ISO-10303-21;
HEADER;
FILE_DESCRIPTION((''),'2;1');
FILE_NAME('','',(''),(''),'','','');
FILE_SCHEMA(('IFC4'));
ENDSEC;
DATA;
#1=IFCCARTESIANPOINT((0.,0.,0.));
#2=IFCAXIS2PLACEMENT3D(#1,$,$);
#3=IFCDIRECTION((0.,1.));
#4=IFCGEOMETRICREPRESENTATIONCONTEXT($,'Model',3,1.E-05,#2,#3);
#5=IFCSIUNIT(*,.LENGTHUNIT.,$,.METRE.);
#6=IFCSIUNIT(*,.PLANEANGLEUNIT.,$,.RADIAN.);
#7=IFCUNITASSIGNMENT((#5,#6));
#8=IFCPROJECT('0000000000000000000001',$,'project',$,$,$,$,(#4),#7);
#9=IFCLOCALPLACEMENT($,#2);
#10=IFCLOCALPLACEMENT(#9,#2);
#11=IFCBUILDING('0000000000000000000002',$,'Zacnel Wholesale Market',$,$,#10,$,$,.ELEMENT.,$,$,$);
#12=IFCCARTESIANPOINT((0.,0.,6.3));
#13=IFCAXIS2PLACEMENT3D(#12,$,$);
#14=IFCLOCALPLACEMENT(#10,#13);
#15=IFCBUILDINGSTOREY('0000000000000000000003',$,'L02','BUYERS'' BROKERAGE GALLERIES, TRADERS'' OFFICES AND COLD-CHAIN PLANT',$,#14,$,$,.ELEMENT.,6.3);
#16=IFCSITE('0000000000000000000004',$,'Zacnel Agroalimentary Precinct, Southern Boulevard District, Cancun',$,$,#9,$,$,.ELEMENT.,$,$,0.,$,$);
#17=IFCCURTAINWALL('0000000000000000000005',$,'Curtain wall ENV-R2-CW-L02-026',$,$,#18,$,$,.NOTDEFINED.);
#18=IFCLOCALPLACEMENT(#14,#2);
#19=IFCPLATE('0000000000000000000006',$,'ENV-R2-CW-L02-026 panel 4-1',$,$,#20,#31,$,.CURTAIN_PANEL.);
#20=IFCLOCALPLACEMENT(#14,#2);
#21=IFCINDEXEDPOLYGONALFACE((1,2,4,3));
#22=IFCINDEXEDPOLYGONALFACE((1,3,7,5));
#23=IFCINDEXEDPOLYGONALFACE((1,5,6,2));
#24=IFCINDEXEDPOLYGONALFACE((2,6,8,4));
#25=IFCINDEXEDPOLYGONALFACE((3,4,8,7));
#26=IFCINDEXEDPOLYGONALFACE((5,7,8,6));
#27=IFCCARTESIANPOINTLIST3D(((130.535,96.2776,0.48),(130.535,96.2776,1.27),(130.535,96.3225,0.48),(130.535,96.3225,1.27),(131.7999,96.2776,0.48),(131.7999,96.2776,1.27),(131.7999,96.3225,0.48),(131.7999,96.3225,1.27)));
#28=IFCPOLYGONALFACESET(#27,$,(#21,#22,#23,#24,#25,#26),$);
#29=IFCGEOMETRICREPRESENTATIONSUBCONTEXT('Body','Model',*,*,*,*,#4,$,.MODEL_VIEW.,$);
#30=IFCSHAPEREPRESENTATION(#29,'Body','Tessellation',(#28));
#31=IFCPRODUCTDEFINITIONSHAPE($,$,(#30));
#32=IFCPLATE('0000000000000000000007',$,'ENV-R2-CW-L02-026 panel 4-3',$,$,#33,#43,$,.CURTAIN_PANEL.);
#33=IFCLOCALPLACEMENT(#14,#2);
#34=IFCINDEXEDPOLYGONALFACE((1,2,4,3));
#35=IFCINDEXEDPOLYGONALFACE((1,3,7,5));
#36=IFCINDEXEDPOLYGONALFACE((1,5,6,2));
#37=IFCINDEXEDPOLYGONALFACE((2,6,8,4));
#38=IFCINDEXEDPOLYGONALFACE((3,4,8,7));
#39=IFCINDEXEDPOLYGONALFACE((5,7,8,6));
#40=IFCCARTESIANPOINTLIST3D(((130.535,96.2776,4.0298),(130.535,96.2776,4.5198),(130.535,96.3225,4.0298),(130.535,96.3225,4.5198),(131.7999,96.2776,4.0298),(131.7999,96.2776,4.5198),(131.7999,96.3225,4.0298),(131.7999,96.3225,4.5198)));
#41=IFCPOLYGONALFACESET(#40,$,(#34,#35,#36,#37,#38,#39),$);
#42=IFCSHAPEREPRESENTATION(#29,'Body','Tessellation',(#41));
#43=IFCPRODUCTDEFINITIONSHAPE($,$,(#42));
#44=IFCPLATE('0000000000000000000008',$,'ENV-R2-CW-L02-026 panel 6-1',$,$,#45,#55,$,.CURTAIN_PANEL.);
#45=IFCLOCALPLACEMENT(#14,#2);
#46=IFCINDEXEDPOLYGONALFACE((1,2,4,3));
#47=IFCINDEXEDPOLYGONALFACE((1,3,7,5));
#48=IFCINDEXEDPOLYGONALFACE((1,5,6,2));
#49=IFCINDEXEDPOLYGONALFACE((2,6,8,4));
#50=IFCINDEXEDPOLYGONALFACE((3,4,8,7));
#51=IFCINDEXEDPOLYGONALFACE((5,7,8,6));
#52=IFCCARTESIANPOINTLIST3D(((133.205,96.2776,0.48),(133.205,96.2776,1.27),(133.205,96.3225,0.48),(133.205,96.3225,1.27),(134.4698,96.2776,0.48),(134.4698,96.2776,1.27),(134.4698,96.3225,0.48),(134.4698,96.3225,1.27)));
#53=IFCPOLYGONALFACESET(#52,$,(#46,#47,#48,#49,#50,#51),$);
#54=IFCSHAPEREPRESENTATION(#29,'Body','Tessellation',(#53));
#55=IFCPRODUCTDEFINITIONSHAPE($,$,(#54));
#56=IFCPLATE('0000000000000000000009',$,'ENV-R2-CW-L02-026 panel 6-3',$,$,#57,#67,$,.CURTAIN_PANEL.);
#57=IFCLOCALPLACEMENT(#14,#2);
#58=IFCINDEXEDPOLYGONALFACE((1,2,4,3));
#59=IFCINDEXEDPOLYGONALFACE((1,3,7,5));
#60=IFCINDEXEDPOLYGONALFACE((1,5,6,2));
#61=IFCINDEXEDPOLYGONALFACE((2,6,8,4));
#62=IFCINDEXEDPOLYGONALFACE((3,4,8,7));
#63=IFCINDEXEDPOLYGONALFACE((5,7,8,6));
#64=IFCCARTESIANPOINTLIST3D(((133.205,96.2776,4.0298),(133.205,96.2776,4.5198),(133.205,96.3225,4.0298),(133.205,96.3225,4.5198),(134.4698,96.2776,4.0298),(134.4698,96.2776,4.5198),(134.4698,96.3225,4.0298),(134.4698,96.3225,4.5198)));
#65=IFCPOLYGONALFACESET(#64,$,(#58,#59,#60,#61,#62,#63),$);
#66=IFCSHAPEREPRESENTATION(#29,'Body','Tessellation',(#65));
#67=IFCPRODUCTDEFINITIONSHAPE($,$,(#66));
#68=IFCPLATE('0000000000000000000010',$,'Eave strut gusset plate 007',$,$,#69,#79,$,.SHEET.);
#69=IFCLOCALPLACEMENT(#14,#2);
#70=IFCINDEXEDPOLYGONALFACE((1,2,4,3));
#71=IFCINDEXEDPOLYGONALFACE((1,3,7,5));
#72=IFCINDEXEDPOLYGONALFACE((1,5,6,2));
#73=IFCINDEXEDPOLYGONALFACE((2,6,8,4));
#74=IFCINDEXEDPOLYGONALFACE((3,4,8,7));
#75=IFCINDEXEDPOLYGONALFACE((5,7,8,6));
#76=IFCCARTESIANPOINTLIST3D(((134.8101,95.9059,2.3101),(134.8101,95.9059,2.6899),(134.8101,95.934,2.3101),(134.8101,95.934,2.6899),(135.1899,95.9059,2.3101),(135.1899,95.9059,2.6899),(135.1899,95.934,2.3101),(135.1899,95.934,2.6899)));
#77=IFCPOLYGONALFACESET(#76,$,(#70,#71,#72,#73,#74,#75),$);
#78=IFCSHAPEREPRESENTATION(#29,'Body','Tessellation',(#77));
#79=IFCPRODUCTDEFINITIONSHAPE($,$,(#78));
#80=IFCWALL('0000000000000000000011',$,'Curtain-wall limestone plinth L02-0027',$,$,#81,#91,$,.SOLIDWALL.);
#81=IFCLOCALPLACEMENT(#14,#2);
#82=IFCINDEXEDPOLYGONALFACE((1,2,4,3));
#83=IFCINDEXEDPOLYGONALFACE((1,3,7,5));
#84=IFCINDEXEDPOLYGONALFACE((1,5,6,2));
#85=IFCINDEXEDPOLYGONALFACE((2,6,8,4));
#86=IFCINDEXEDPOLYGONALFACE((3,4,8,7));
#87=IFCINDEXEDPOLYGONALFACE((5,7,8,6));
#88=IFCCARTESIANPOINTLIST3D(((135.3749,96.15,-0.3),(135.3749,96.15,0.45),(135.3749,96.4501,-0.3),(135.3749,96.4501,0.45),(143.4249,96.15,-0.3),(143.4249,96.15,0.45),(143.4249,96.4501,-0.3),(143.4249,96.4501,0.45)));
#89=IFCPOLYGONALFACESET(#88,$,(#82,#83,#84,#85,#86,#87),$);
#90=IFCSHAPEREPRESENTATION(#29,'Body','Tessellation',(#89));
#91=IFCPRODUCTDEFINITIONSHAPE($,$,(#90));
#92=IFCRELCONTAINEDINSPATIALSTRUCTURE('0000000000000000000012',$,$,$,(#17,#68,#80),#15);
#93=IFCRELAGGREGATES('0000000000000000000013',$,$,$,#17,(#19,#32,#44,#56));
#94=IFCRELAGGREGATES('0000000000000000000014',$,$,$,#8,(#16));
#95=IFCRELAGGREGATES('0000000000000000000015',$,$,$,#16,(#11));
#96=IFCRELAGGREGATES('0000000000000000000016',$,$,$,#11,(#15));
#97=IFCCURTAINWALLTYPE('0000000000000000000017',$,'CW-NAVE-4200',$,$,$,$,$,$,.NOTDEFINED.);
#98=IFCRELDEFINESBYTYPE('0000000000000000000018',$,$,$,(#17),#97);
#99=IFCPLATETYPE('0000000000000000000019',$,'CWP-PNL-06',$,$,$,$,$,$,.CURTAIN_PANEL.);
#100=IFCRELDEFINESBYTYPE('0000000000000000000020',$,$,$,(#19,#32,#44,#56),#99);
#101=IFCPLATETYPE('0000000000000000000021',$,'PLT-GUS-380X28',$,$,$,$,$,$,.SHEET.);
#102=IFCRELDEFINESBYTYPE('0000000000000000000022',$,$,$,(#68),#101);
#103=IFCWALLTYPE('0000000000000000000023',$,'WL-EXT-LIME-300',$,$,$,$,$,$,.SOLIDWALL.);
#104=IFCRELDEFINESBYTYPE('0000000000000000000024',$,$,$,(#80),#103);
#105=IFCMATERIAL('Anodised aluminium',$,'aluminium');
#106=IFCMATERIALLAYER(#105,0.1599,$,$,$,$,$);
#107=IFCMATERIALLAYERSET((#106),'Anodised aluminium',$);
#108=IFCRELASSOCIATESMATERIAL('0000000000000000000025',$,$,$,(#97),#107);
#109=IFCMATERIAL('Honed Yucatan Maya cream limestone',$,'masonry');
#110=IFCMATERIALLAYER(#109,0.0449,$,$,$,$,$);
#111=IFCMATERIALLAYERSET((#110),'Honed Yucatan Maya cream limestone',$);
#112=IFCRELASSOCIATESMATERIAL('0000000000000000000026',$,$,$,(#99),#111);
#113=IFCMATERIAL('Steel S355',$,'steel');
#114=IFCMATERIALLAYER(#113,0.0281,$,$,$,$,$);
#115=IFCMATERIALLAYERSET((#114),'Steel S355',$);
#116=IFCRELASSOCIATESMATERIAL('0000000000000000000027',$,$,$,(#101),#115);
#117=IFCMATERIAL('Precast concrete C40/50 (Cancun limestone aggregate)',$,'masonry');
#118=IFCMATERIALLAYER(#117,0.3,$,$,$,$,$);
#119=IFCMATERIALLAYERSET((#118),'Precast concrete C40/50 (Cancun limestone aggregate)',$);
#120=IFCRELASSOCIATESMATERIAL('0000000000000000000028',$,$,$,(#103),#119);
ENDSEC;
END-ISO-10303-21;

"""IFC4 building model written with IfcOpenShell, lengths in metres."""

from ifc_helpers import new_model, si_unit, direction, frame, frame_2d, origin, origin_2d, place, context, subcontext, project, spatial, rectangle, extrude, material, layer, layer_set, type_object, element, aggregate, save


model = new_model("IFC4")

# Units and contexts
model_context = context("Model", 3, precision=1e-05, world=origin(), true_north=direction((0.0, 1.0)))
body_context = subcontext(model_context, "Body", "Model", "MODEL_VIEW")
ifc_project = project(units=[si_unit("LENGTHUNIT", "METRE"), si_unit("PLANEANGLEUNIT", "RADIAN")], contexts=[model_context])

# Site, building, storey
site_placement = place(None, origin())
site = spatial("IfcSite", under=ifc_project, at=site_placement, Name="Zacnel Agroalimentary Precinct, Southern Boulevard District, Cancun", CompositionType="ELEMENT", RefElevation=0.0)
building_placement = place(site_placement, origin())
building = spatial("IfcBuilding", under=site, at=building_placement, Name="Zacnel Wholesale Market", CompositionType="ELEMENT")
storey_placement = place(building_placement, frame((0.0, 0.0, 6.3)))
storey = spatial("IfcBuildingStorey", under=building, at=storey_placement, Name="L02", Description="BUYERS' BROKERAGE GALLERIES, TRADERS' OFFICES AND COLD-CHAIN PLANT", CompositionType="ELEMENT", Elevation=6.3)

# Curtain wall
ifc_material_1 = material(Name="Anodised aluminium", Category="aluminium")
ifc_layer_1 = layer(ifc_material_1, 0.1599)
ifc_layer_set_1 = layer_set([ifc_layer_1], Name="Anodised aluminium")
curtain_wall_type = type_object("IfcCurtainWallType", Name="CW-NAVE-4200", PredefinedType="NOTDEFINED", material=ifc_layer_set_1)
curtain_wall_1_placement = place(storey_placement, origin())
curtain_wall_1 = element("IfcCurtainWall", 1, at=curtain_wall_1_placement, inside=storey, type_object=curtain_wall_type, Name="Curtain wall ENV-R2-CW-L02-026", PredefinedType="NOTDEFINED")

# Plates
ifc_material_2 = material(Name="Honed Yucatan Maya cream limestone", Category="masonry")
ifc_layer_2 = layer(ifc_material_2, 0.0449)
ifc_layer_set_2 = layer_set([ifc_layer_2], Name="Honed Yucatan Maya cream limestone")
plate_type_1 = type_object("IfcPlateType", Name="CWP-PNL-06", PredefinedType="CURTAIN_PANEL", material=ifc_layer_set_2)
plate_1_placement = place(storey_placement, frame((131.1675, 96.3, 0.48), z_axis=(0.0, 0.0, 1.0), x_axis=(1.0, 0.0, 0.0)))
plate_1 = element("IfcPlate", 2, at=plate_1_placement, type_object=plate_type_1, Name="ENV-R2-CW-L02-026 panel 4-1", PredefinedType="CURTAIN_PANEL", context=body_context, shape_type="SweptSolid", body=[
    extrude(rectangle(XDim=1.2649, YDim=0.0449, at=origin_2d()), origin(), (0.0, 0.0, 1.0), 0.79),
])
plate_2_placement = place(storey_placement, frame((131.1675, 96.3, 4.0298), z_axis=(0.0, 0.0, 1.0), x_axis=(1.0, 0.0, 0.0)))
plate_2 = element("IfcPlate", 3, at=plate_2_placement, type_object=plate_type_1, Name="ENV-R2-CW-L02-026 panel 4-3", PredefinedType="CURTAIN_PANEL", context=body_context, shape_type="SweptSolid", body=[
    extrude(rectangle(XDim=1.2649, YDim=0.0449, at=origin_2d()), origin(), (0.0, 0.0, 1.0), 0.49),
])
plate_3_placement = place(storey_placement, frame((133.8374, 96.3, 0.48), z_axis=(0.0, 0.0, 1.0), x_axis=(1.0, 0.0, 0.0)))
plate_3 = element("IfcPlate", 4, at=plate_3_placement, type_object=plate_type_1, Name="ENV-R2-CW-L02-026 panel 6-1", PredefinedType="CURTAIN_PANEL", context=body_context, shape_type="SweptSolid", body=[
    extrude(rectangle(XDim=1.2649, YDim=0.0449, at=origin_2d()), origin(), (0.0, 0.0, 1.0), 0.79),
])
plate_4_placement = place(storey_placement, frame((133.8374, 96.3, 4.0298), z_axis=(0.0, 0.0, 1.0), x_axis=(1.0, 0.0, 0.0)))
plate_4 = element("IfcPlate", 5, at=plate_4_placement, type_object=plate_type_1, Name="ENV-R2-CW-L02-026 panel 6-3", PredefinedType="CURTAIN_PANEL", context=body_context, shape_type="SweptSolid", body=[
    extrude(rectangle(XDim=1.2649, YDim=0.0449, at=origin_2d()), origin(), (0.0, 0.0, 1.0), 0.49),
])
aggregate(curtain_wall_1, [plate_1, plate_2, plate_3, plate_4])
ifc_material_3 = material(Name="Steel S355", Category="steel")
ifc_layer_3 = layer(ifc_material_3, 0.0281)
ifc_layer_set_3 = layer_set([ifc_layer_3], Name="Steel S355")
plate_type_2 = type_object("IfcPlateType", Name="PLT-GUS-380X28", PredefinedType="SHEET", material=ifc_layer_set_3)
plate_5_placement = place(storey_placement, frame((135.0, 95.9199, 2.3101), z_axis=(0.0, 0.0, 1.0), x_axis=(1.0, 0.0, 0.0)))
element("IfcPlate", 6, at=plate_5_placement, inside=storey, type_object=plate_type_2, Name="Eave strut gusset plate 007", PredefinedType="SHEET", context=body_context, shape_type="SweptSolid", body=[
    extrude(rectangle(XDim=0.3799, YDim=0.0281, at=origin_2d()), origin(), (0.0, 0.0, 1.0), 0.3799),
])

# Wall
ifc_material_4 = material(Name="Precast concrete C40/50 (Cancun limestone aggregate)", Category="masonry")
ifc_layer_4 = layer(ifc_material_4, 0.3)
ifc_layer_set_4 = layer_set([ifc_layer_4], Name="Precast concrete C40/50 (Cancun limestone aggregate)")
wall_type = type_object("IfcWallType", Name="WL-EXT-LIME-300", PredefinedType="SOLIDWALL", material=ifc_layer_set_4)
wall_placement = place(storey_placement, frame((135.375, 96.3, -0.3), z_axis=(0.0, 0.0, 1.0), x_axis=(1.0, 0.0, 0.0)))
element("IfcWall", 7, at=wall_placement, inside=storey, type_object=wall_type, Name="Curtain-wall limestone plinth L02-0027", PredefinedType="SOLIDWALL", context=body_context, shape_type="SweptSolid", body=[
    extrude(rectangle(XDim=8.05, YDim=0.3, at=frame_2d((4.0249, 0.0))), origin(), (0.0, 0.0, 1.0), 0.75),
])

save(model, "model.ifc")
